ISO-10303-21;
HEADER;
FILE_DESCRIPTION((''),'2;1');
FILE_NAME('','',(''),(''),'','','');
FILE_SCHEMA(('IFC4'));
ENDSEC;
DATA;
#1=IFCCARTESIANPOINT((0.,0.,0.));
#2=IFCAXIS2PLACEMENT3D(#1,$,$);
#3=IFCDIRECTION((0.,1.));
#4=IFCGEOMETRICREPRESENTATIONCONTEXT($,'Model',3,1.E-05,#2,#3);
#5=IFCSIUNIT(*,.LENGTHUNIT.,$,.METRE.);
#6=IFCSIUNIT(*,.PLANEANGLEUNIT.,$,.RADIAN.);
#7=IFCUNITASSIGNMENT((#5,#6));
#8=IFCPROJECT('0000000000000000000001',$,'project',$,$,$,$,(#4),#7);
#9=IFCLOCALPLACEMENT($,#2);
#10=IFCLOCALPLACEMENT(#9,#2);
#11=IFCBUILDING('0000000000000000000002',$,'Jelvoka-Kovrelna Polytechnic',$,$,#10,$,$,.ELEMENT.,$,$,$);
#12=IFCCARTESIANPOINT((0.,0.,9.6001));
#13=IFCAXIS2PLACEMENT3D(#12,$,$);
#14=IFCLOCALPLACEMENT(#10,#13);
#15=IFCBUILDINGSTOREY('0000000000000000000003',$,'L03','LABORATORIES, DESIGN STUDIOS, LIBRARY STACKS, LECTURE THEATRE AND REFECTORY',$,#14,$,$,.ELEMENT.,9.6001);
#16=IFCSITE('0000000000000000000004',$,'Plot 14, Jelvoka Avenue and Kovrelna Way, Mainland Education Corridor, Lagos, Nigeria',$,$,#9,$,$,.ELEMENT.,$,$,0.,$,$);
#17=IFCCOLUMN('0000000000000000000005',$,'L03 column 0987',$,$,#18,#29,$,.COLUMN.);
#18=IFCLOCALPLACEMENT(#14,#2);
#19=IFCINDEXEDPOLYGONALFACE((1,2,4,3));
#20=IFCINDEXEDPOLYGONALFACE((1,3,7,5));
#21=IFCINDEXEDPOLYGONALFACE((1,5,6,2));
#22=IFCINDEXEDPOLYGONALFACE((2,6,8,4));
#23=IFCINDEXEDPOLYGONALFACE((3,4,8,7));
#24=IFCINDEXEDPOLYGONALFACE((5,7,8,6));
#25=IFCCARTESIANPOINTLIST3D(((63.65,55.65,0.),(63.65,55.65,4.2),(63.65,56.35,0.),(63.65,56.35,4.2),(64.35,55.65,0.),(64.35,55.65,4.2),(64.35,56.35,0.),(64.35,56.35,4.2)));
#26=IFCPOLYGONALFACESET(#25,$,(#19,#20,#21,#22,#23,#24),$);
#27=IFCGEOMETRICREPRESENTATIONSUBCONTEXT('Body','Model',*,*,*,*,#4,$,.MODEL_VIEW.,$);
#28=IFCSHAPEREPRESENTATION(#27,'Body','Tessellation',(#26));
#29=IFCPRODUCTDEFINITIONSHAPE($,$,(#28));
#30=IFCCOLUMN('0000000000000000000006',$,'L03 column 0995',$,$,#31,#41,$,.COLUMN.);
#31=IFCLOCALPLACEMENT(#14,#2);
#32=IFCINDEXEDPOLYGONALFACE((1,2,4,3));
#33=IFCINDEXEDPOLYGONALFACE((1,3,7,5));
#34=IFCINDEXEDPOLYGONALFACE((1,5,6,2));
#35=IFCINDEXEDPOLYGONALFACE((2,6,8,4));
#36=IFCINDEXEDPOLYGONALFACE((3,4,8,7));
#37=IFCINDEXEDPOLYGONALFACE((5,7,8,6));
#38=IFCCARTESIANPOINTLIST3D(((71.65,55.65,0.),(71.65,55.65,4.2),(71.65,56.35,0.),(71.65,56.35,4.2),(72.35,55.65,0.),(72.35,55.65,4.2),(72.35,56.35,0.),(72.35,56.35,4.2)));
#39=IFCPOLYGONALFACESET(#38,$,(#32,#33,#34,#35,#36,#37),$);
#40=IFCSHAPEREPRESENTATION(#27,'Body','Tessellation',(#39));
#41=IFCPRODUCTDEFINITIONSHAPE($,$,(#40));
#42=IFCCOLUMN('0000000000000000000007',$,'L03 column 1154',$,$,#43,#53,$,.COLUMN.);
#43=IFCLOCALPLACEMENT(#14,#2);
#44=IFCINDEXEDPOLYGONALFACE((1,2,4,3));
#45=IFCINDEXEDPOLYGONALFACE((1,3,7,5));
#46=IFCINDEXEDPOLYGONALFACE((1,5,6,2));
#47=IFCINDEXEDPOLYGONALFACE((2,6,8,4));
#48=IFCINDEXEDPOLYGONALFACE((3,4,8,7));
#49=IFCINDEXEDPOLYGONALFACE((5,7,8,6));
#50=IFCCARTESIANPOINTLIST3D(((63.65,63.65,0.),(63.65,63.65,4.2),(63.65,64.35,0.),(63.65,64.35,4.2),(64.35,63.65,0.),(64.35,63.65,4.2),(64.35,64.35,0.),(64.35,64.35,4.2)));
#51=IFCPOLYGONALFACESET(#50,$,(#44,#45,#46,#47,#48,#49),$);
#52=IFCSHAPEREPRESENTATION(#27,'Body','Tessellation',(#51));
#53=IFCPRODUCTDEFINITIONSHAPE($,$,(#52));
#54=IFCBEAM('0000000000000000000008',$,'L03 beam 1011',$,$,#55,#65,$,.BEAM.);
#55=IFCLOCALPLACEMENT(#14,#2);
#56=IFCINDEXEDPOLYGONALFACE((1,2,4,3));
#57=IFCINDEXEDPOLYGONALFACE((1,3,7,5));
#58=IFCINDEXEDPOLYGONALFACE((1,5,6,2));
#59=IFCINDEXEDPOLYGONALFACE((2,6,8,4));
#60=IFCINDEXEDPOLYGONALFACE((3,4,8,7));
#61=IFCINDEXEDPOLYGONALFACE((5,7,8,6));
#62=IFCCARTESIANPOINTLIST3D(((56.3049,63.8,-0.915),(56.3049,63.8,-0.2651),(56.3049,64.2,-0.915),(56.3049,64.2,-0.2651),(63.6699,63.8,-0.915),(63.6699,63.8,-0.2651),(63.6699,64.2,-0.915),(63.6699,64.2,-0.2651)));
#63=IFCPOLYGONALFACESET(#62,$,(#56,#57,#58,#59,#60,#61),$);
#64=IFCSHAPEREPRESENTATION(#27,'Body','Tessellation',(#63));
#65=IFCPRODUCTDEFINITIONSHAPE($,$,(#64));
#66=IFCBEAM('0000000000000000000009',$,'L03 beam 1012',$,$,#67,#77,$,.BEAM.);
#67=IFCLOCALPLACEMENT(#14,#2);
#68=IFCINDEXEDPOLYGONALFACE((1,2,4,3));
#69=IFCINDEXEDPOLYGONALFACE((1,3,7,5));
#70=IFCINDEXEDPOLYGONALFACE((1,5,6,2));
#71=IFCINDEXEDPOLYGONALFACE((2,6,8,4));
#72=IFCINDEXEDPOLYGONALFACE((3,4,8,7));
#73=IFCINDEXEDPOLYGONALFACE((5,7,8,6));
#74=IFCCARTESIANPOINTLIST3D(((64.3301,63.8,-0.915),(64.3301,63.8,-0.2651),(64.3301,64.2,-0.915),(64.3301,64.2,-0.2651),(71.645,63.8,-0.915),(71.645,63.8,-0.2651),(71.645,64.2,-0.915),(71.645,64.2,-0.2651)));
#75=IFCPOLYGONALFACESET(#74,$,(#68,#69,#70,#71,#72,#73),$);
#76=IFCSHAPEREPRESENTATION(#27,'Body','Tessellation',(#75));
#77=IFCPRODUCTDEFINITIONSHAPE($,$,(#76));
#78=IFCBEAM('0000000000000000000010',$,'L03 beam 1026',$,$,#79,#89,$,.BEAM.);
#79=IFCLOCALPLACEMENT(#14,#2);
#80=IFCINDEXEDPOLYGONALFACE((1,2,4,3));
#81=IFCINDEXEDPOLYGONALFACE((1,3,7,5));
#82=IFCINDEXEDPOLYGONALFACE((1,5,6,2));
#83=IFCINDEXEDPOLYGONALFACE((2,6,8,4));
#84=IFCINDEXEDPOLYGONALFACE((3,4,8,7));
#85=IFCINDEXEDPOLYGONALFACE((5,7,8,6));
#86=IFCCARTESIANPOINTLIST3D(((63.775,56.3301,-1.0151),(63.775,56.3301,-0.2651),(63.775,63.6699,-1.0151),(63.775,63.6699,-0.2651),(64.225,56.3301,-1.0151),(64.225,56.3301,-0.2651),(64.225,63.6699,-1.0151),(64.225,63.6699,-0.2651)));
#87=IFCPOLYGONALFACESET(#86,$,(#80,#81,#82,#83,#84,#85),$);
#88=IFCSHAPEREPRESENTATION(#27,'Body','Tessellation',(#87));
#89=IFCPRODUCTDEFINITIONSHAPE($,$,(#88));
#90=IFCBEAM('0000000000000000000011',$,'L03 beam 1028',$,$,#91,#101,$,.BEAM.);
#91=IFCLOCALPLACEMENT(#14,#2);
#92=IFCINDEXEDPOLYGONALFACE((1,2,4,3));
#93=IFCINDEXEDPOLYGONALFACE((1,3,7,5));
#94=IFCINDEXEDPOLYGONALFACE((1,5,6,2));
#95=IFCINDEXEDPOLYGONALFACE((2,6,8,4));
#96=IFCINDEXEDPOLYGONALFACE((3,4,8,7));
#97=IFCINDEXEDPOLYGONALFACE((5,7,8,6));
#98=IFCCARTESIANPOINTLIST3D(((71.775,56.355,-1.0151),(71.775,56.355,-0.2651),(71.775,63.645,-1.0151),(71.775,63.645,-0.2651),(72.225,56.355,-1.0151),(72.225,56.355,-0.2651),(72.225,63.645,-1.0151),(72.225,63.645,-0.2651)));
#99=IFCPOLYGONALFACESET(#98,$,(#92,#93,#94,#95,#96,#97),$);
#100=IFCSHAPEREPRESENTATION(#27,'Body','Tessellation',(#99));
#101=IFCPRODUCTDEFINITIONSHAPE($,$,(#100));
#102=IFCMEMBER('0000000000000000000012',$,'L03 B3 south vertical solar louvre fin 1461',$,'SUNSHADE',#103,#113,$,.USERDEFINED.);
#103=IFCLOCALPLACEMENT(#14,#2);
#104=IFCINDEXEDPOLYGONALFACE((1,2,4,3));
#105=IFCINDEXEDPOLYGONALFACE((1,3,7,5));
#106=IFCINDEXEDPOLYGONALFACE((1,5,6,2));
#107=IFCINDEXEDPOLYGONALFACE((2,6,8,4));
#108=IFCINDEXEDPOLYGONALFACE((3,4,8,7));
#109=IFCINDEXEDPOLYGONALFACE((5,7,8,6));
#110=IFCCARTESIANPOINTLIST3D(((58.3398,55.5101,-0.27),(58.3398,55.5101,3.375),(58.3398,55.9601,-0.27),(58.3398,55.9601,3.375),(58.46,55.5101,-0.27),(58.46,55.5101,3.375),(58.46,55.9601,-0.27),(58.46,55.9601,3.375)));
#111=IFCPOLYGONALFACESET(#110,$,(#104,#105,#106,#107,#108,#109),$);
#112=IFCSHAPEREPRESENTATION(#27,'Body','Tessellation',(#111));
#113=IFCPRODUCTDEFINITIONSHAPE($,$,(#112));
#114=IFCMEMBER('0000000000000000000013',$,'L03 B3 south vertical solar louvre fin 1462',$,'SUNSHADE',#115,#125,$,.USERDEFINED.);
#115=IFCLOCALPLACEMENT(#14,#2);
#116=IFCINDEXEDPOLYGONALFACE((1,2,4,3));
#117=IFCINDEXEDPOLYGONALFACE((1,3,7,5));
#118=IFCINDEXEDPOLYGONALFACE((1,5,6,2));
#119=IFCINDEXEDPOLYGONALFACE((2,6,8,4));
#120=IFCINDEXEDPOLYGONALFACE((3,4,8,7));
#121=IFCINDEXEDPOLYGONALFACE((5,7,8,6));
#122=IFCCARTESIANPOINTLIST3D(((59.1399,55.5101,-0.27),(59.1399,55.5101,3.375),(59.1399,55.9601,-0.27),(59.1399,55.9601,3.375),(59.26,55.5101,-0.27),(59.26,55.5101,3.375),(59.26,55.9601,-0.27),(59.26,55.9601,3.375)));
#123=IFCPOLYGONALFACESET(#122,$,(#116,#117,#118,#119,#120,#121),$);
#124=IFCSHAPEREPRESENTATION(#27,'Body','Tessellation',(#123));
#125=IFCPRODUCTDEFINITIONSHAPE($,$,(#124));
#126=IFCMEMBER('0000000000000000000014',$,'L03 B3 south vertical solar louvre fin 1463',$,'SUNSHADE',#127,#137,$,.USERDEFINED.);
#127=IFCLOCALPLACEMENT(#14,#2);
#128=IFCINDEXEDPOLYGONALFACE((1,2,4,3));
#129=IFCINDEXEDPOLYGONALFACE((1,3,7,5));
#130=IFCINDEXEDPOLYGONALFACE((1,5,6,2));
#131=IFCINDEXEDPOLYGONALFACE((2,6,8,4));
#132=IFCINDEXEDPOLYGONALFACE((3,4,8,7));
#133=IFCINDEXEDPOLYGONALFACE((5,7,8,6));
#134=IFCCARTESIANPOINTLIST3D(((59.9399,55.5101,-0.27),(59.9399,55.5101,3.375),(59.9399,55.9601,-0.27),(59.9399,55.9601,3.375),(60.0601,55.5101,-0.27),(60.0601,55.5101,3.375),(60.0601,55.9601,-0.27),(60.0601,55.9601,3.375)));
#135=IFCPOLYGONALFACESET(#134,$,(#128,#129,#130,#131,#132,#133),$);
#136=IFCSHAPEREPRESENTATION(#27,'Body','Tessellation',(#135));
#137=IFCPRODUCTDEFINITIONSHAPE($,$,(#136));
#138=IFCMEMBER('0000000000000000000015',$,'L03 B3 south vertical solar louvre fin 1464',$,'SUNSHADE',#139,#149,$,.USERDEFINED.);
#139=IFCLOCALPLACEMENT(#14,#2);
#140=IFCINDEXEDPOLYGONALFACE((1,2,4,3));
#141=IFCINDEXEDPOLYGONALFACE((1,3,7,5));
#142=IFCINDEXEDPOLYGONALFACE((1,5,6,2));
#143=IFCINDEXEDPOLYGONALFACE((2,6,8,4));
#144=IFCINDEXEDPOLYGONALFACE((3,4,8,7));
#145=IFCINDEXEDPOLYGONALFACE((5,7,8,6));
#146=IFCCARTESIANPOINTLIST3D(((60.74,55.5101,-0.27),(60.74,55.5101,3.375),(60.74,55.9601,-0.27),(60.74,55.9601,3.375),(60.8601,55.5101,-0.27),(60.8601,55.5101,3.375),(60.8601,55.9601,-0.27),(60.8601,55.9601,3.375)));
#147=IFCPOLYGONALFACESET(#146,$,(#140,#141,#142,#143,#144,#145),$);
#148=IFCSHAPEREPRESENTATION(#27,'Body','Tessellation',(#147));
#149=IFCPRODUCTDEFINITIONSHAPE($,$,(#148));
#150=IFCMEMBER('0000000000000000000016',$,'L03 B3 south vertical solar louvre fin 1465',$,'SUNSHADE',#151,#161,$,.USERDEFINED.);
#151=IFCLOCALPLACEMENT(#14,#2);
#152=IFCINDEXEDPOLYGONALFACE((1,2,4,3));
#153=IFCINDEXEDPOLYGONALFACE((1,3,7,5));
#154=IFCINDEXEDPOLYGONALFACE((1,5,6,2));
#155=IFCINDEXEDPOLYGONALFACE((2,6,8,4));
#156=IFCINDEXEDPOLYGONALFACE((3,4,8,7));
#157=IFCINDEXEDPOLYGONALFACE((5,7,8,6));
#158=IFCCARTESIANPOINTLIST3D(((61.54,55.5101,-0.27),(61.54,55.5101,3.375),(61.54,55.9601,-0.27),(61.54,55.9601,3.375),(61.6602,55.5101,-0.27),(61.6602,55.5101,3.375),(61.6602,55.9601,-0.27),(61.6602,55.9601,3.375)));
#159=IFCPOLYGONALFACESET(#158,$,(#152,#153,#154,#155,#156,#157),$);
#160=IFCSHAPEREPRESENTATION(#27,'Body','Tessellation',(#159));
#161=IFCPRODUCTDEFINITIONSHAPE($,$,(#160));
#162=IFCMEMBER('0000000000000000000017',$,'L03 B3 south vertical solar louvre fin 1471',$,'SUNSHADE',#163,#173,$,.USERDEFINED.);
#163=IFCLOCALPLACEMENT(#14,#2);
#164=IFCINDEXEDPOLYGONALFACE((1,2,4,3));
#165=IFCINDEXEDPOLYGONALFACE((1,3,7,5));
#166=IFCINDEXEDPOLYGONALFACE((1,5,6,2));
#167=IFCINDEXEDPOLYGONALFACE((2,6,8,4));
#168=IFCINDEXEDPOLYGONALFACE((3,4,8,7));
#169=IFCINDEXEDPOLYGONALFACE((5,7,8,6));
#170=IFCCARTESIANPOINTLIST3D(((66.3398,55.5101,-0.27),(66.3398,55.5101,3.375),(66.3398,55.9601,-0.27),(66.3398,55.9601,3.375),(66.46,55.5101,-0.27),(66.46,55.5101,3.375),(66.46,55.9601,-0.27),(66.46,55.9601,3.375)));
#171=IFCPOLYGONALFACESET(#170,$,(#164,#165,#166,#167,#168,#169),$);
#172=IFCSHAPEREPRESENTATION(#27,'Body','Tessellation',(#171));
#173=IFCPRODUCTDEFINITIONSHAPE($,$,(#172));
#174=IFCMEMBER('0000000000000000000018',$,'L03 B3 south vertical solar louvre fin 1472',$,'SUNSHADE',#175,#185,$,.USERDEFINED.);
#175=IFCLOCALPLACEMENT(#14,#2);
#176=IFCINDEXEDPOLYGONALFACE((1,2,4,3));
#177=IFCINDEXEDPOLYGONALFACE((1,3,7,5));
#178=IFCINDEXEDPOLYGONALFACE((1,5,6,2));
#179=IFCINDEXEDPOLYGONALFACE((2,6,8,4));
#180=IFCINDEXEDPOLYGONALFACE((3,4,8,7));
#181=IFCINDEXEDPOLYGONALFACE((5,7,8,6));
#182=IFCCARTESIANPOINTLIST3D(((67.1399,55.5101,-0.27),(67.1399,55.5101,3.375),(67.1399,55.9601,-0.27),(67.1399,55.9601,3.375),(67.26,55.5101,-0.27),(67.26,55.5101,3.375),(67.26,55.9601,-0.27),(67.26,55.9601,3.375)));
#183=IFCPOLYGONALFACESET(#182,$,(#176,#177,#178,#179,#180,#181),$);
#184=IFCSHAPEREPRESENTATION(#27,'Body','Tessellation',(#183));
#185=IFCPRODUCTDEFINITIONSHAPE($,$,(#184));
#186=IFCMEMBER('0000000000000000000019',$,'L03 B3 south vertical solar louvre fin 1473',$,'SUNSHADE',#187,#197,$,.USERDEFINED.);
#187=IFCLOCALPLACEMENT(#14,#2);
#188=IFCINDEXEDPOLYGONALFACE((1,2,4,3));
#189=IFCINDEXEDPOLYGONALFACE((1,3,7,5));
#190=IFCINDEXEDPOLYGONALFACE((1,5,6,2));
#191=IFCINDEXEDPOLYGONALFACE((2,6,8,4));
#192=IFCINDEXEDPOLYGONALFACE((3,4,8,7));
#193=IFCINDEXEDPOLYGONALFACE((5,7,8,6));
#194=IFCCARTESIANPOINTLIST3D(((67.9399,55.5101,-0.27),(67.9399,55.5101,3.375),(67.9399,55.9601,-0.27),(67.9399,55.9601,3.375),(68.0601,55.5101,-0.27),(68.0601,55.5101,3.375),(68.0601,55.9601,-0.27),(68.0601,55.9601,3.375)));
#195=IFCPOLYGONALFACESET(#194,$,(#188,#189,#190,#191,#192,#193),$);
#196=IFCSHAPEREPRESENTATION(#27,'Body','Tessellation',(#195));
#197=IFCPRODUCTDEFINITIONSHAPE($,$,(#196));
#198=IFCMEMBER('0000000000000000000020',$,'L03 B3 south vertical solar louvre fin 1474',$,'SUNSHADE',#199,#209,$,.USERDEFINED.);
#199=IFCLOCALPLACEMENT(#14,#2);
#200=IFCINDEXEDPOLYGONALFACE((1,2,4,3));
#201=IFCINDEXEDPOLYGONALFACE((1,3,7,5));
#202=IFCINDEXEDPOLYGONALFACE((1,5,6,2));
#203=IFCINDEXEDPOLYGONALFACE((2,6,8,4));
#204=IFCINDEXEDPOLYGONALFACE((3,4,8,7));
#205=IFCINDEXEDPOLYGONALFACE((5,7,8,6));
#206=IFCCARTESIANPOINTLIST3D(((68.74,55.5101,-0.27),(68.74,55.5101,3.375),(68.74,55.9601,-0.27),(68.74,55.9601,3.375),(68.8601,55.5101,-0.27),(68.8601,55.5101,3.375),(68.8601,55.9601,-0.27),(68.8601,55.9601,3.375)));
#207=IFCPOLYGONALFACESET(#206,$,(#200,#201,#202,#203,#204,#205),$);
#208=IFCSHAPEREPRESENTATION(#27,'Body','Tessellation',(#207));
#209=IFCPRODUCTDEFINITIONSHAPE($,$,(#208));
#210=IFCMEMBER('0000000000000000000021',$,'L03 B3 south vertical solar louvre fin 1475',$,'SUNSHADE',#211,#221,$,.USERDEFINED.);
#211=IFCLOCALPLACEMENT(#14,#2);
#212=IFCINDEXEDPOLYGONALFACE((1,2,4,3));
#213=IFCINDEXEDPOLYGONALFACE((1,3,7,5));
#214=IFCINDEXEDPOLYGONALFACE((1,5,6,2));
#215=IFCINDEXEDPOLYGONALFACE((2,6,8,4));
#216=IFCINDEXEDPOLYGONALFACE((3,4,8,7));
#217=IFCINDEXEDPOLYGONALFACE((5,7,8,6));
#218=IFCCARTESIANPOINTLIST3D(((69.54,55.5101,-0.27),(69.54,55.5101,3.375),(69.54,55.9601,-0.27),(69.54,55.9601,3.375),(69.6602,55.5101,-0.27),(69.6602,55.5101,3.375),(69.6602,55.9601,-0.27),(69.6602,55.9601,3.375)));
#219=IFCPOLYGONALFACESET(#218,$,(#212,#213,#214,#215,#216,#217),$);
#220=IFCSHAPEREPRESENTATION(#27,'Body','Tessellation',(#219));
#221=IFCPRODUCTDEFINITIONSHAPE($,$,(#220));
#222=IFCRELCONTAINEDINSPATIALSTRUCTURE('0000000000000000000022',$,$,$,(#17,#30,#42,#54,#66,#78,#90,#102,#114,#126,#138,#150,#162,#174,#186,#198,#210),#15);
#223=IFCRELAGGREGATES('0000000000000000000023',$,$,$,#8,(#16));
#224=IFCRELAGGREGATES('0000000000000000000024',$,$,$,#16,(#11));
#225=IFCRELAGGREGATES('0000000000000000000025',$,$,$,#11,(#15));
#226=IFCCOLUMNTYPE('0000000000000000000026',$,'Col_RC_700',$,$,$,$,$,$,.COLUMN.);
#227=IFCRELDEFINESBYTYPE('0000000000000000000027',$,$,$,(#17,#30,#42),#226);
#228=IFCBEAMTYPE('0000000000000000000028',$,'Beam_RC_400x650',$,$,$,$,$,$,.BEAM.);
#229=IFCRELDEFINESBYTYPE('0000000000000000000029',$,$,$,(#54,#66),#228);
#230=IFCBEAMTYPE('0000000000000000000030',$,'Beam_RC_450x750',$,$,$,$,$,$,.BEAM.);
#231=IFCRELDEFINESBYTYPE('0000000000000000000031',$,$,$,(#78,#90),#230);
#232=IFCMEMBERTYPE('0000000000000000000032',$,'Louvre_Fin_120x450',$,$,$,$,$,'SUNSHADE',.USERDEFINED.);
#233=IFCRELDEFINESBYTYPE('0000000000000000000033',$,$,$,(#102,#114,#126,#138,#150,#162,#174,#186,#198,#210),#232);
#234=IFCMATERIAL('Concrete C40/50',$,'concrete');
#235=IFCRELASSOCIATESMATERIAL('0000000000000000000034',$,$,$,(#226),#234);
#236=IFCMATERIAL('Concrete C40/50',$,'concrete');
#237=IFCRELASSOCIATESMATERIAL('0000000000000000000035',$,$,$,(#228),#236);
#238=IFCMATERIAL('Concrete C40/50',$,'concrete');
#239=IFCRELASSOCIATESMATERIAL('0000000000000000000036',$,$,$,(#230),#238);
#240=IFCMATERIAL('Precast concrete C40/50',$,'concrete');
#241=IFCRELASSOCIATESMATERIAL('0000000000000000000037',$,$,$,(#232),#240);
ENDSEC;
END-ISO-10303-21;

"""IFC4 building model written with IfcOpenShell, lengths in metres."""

from ifc_helpers import new_model, si_unit, direction, frame, origin, origin_2d, place, context, subcontext, project, spatial, rectangle, extrude, material, material_profile, profile_set, type_object, element, save


model = new_model("IFC4")

# Units and contexts
model_context = context("Model", 3, precision=1e-05, world=origin(), true_north=direction((0.0, 1.0)))
body_context = subcontext(model_context, "Body", "Model", "MODEL_VIEW")
ifc_project = project(units=[si_unit("LENGTHUNIT", "METRE"), si_unit("PLANEANGLEUNIT", "RADIAN")], contexts=[model_context])

# Site, building, storey
site_placement = place(None, origin())
site = spatial("IfcSite", under=ifc_project, at=site_placement, Name="Plot 14, Jelvoka Avenue and Kovrelna Way, Mainland Education Corridor, Lagos, Nigeria", CompositionType="ELEMENT", RefElevation=0.0)
building_placement = place(site_placement, origin())
building = spatial("IfcBuilding", under=site, at=building_placement, Name="Jelvoka-Kovrelna Polytechnic", CompositionType="ELEMENT")
storey_placement = place(building_placement, frame((0.0, 0.0, 9.6001)))
storey = spatial("IfcBuildingStorey", under=building, at=storey_placement, Name="L03", Description="LABORATORIES, DESIGN STUDIOS, LIBRARY STACKS, LECTURE THEATRE AND REFECTORY", CompositionType="ELEMENT", Elevation=9.6001)

# Columns
ifc_material_1 = material(Name="Concrete C40/50", Category="concrete")
ifc_material_profile_1 = material_profile(ifc_material_1, rectangle(XDim=0.7, YDim=0.7, at=origin_2d()), Name="RC 700x700")
ifc_profile_set_1 = profile_set([ifc_material_profile_1], Name="Concrete C40/50")
column_type = type_object("IfcColumnType", Name="Col_RC_700", PredefinedType="COLUMN", material=ifc_profile_set_1)
for number, where, z_axis, x_axis, name in (
    (1, (64.0, 56.0, 0.0), (0.0, 0.0, 1.0), (1.0, 0.0, 0.0), "L03 column 0987"),
    (2, (72.0, 56.0, 0.0), (0.0, 0.0, 1.0), (1.0, 0.0, 0.0), "L03 column 0995"),
    (3, (64.0, 64.0, 0.0), (0.0, 0.0, 1.0), (1.0, 0.0, 0.0), "L03 column 1154"),
):
    element("IfcColumn", number, at=place(storey_placement, frame(where, z_axis=z_axis, x_axis=x_axis)), inside=storey, type_object=column_type, Name=name, PredefinedType="COLUMN", context=body_context, shape_type="SweptSolid", body=[
        extrude(rectangle(XDim=0.7, YDim=0.7, at=origin_2d()), origin(), (0.0, 0.0, 1.0), 4.2),
    ])

# Beams
ifc_material_2 = material(Name="Concrete C40/50", Category="concrete")
ifc_material_profile_2 = material_profile(ifc_material_2, rectangle(XDim=0.3999, YDim=0.6499, at=origin_2d()), Name="RC 400x650")
ifc_profile_set_2 = profile_set([ifc_material_profile_2], Name="Concrete C40/50")
beam_type_1 = type_object("IfcBeamType", Name="Beam_RC_400x650", PredefinedType="BEAM", material=ifc_profile_set_2)
beam_1_placement = place(storey_placement, frame((56.3049, 64.0, -0.5901), z_axis=(1.0, 0.0, 0.0), x_axis=(0.0, 1.0, 0.0)))
element("IfcBeam", 4, at=beam_1_placement, inside=storey, type_object=beam_type_1, Name="L03 beam 1011", PredefinedType="BEAM", context=body_context, shape_type="SweptSolid", body=[
    extrude(rectangle(XDim=0.3999, YDim=0.6499, at=origin_2d()), origin(), (0.0, 0.0, 1.0), 7.365),
])
beam_2_placement = place(storey_placement, frame((64.3301, 64.0, -0.5901), z_axis=(1.0, 0.0, 0.0), x_axis=(0.0, 1.0, 0.0)))
element("IfcBeam", 5, at=beam_2_placement, inside=storey, type_object=beam_type_1, Name="L03 beam 1012", PredefinedType="BEAM", context=body_context, shape_type="SweptSolid", body=[
    extrude(rectangle(XDim=0.3999, YDim=0.6499, at=origin_2d()), origin(), (0.0, 0.0, 1.0), 7.3149),
])
ifc_material_3 = material(Name="Concrete C40/50", Category="concrete")
ifc_material_profile_3 = material_profile(ifc_material_3, rectangle(XDim=0.45, YDim=0.75, at=origin_2d()), Name="RC 450x750")
ifc_profile_set_3 = profile_set([ifc_material_profile_3], Name="Concrete C40/50")
beam_type_2 = type_object("IfcBeamType", Name="Beam_RC_450x750", PredefinedType="BEAM", material=ifc_profile_set_3)
beam_3_placement = place(storey_placement, frame((64.0, 56.3301, -0.6401), z_axis=(0.0, 1.0, 0.0), x_axis=(-1.0, 0.0, 0.0)))
element("IfcBeam", 6, at=beam_3_placement, inside=storey, type_object=beam_type_2, Name="L03 beam 1026", PredefinedType="BEAM", context=body_context, shape_type="SweptSolid", body=[
    extrude(rectangle(XDim=0.45, YDim=0.75, at=origin_2d()), origin(), (0.0, 0.0, 1.0), 7.3398),
])
beam_4_placement = place(storey_placement, frame((72.0, 56.355, -0.6401), z_axis=(0.0, 1.0, 0.0), x_axis=(-1.0, 0.0, 0.0)))
element("IfcBeam", 7, at=beam_4_placement, inside=storey, type_object=beam_type_2, Name="L03 beam 1028", PredefinedType="BEAM", context=body_context, shape_type="SweptSolid", body=[
    extrude(rectangle(XDim=0.45, YDim=0.75, at=origin_2d()), origin(), (0.0, 0.0, 1.0), 7.29),
])

# Members
ifc_material_4 = material(Name="Precast concrete C40/50", Category="concrete")
ifc_material_profile_4 = material_profile(ifc_material_4, rectangle(XDim=0.1201, YDim=0.45, at=origin_2d()), Name="PC 120x450")
ifc_profile_set_4 = profile_set([ifc_material_profile_4], Name="Precast concrete C40/50")
member_type_1 = type_object("IfcMemberType", Name="Louvre_Fin_120x450", ElementType="SUNSHADE", PredefinedType="USERDEFINED", material=ifc_profile_set_4)
for number, where, z_axis, x_axis, name in (
    (8, (58.3999, 55.7351, -0.27), (0.0, 0.0, 1.0), (1.0, 0.0, 0.0), "L03 B3 south vertical solar louvre fin 1461"),
    (9, (59.2, 55.7351, -0.27), (0.0, 0.0, 1.0), (1.0, 0.0, 0.0), "L03 B3 south vertical solar louvre fin 1462"),
    (10, (60.0, 55.7351, -0.27), (0.0, 0.0, 1.0), (1.0, 0.0, 0.0), "L03 B3 south vertical solar louvre fin 1463"),
    (11, (60.8, 55.7351, -0.27), (0.0, 0.0, 1.0), (1.0, 0.0, 0.0), "L03 B3 south vertical solar louvre fin 1464"),
    (12, (61.6001, 55.7351, -0.27), (0.0, 0.0, 1.0), (1.0, 0.0, 0.0), "L03 B3 south vertical solar louvre fin 1465"),
    (13, (66.3999, 55.7351, -0.27), (0.0, 0.0, 1.0), (1.0, 0.0, 0.0), "L03 B3 south vertical solar louvre fin 1471"),
    (14, (67.2, 55.7351, -0.27), (0.0, 0.0, 1.0), (1.0, 0.0, 0.0), "L03 B3 south vertical solar louvre fin 1472"),
    (15, (68.0, 55.7351, -0.27), (0.0, 0.0, 1.0), (1.0, 0.0, 0.0), "L03 B3 south vertical solar louvre fin 1473"),
    (16, (68.8, 55.7351, -0.27), (0.0, 0.0, 1.0), (1.0, 0.0, 0.0), "L03 B3 south vertical solar louvre fin 1474"),
    (17, (69.6001, 55.7351, -0.27), (0.0, 0.0, 1.0), (1.0, 0.0, 0.0), "L03 B3 south vertical solar louvre fin 1475"),
):
    element("IfcMember", number, at=place(storey_placement, frame(where, z_axis=z_axis, x_axis=x_axis)), inside=storey, type_object=member_type_1, Name=name, ObjectType="SUNSHADE", PredefinedType="USERDEFINED", context=body_context, shape_type="SweptSolid", body=[
        extrude(rectangle(XDim=0.1201, YDim=0.45, at=origin_2d()), origin(), (0.0, 0.0, 1.0), 3.645),
    ])

save(model, "model.ifc")
